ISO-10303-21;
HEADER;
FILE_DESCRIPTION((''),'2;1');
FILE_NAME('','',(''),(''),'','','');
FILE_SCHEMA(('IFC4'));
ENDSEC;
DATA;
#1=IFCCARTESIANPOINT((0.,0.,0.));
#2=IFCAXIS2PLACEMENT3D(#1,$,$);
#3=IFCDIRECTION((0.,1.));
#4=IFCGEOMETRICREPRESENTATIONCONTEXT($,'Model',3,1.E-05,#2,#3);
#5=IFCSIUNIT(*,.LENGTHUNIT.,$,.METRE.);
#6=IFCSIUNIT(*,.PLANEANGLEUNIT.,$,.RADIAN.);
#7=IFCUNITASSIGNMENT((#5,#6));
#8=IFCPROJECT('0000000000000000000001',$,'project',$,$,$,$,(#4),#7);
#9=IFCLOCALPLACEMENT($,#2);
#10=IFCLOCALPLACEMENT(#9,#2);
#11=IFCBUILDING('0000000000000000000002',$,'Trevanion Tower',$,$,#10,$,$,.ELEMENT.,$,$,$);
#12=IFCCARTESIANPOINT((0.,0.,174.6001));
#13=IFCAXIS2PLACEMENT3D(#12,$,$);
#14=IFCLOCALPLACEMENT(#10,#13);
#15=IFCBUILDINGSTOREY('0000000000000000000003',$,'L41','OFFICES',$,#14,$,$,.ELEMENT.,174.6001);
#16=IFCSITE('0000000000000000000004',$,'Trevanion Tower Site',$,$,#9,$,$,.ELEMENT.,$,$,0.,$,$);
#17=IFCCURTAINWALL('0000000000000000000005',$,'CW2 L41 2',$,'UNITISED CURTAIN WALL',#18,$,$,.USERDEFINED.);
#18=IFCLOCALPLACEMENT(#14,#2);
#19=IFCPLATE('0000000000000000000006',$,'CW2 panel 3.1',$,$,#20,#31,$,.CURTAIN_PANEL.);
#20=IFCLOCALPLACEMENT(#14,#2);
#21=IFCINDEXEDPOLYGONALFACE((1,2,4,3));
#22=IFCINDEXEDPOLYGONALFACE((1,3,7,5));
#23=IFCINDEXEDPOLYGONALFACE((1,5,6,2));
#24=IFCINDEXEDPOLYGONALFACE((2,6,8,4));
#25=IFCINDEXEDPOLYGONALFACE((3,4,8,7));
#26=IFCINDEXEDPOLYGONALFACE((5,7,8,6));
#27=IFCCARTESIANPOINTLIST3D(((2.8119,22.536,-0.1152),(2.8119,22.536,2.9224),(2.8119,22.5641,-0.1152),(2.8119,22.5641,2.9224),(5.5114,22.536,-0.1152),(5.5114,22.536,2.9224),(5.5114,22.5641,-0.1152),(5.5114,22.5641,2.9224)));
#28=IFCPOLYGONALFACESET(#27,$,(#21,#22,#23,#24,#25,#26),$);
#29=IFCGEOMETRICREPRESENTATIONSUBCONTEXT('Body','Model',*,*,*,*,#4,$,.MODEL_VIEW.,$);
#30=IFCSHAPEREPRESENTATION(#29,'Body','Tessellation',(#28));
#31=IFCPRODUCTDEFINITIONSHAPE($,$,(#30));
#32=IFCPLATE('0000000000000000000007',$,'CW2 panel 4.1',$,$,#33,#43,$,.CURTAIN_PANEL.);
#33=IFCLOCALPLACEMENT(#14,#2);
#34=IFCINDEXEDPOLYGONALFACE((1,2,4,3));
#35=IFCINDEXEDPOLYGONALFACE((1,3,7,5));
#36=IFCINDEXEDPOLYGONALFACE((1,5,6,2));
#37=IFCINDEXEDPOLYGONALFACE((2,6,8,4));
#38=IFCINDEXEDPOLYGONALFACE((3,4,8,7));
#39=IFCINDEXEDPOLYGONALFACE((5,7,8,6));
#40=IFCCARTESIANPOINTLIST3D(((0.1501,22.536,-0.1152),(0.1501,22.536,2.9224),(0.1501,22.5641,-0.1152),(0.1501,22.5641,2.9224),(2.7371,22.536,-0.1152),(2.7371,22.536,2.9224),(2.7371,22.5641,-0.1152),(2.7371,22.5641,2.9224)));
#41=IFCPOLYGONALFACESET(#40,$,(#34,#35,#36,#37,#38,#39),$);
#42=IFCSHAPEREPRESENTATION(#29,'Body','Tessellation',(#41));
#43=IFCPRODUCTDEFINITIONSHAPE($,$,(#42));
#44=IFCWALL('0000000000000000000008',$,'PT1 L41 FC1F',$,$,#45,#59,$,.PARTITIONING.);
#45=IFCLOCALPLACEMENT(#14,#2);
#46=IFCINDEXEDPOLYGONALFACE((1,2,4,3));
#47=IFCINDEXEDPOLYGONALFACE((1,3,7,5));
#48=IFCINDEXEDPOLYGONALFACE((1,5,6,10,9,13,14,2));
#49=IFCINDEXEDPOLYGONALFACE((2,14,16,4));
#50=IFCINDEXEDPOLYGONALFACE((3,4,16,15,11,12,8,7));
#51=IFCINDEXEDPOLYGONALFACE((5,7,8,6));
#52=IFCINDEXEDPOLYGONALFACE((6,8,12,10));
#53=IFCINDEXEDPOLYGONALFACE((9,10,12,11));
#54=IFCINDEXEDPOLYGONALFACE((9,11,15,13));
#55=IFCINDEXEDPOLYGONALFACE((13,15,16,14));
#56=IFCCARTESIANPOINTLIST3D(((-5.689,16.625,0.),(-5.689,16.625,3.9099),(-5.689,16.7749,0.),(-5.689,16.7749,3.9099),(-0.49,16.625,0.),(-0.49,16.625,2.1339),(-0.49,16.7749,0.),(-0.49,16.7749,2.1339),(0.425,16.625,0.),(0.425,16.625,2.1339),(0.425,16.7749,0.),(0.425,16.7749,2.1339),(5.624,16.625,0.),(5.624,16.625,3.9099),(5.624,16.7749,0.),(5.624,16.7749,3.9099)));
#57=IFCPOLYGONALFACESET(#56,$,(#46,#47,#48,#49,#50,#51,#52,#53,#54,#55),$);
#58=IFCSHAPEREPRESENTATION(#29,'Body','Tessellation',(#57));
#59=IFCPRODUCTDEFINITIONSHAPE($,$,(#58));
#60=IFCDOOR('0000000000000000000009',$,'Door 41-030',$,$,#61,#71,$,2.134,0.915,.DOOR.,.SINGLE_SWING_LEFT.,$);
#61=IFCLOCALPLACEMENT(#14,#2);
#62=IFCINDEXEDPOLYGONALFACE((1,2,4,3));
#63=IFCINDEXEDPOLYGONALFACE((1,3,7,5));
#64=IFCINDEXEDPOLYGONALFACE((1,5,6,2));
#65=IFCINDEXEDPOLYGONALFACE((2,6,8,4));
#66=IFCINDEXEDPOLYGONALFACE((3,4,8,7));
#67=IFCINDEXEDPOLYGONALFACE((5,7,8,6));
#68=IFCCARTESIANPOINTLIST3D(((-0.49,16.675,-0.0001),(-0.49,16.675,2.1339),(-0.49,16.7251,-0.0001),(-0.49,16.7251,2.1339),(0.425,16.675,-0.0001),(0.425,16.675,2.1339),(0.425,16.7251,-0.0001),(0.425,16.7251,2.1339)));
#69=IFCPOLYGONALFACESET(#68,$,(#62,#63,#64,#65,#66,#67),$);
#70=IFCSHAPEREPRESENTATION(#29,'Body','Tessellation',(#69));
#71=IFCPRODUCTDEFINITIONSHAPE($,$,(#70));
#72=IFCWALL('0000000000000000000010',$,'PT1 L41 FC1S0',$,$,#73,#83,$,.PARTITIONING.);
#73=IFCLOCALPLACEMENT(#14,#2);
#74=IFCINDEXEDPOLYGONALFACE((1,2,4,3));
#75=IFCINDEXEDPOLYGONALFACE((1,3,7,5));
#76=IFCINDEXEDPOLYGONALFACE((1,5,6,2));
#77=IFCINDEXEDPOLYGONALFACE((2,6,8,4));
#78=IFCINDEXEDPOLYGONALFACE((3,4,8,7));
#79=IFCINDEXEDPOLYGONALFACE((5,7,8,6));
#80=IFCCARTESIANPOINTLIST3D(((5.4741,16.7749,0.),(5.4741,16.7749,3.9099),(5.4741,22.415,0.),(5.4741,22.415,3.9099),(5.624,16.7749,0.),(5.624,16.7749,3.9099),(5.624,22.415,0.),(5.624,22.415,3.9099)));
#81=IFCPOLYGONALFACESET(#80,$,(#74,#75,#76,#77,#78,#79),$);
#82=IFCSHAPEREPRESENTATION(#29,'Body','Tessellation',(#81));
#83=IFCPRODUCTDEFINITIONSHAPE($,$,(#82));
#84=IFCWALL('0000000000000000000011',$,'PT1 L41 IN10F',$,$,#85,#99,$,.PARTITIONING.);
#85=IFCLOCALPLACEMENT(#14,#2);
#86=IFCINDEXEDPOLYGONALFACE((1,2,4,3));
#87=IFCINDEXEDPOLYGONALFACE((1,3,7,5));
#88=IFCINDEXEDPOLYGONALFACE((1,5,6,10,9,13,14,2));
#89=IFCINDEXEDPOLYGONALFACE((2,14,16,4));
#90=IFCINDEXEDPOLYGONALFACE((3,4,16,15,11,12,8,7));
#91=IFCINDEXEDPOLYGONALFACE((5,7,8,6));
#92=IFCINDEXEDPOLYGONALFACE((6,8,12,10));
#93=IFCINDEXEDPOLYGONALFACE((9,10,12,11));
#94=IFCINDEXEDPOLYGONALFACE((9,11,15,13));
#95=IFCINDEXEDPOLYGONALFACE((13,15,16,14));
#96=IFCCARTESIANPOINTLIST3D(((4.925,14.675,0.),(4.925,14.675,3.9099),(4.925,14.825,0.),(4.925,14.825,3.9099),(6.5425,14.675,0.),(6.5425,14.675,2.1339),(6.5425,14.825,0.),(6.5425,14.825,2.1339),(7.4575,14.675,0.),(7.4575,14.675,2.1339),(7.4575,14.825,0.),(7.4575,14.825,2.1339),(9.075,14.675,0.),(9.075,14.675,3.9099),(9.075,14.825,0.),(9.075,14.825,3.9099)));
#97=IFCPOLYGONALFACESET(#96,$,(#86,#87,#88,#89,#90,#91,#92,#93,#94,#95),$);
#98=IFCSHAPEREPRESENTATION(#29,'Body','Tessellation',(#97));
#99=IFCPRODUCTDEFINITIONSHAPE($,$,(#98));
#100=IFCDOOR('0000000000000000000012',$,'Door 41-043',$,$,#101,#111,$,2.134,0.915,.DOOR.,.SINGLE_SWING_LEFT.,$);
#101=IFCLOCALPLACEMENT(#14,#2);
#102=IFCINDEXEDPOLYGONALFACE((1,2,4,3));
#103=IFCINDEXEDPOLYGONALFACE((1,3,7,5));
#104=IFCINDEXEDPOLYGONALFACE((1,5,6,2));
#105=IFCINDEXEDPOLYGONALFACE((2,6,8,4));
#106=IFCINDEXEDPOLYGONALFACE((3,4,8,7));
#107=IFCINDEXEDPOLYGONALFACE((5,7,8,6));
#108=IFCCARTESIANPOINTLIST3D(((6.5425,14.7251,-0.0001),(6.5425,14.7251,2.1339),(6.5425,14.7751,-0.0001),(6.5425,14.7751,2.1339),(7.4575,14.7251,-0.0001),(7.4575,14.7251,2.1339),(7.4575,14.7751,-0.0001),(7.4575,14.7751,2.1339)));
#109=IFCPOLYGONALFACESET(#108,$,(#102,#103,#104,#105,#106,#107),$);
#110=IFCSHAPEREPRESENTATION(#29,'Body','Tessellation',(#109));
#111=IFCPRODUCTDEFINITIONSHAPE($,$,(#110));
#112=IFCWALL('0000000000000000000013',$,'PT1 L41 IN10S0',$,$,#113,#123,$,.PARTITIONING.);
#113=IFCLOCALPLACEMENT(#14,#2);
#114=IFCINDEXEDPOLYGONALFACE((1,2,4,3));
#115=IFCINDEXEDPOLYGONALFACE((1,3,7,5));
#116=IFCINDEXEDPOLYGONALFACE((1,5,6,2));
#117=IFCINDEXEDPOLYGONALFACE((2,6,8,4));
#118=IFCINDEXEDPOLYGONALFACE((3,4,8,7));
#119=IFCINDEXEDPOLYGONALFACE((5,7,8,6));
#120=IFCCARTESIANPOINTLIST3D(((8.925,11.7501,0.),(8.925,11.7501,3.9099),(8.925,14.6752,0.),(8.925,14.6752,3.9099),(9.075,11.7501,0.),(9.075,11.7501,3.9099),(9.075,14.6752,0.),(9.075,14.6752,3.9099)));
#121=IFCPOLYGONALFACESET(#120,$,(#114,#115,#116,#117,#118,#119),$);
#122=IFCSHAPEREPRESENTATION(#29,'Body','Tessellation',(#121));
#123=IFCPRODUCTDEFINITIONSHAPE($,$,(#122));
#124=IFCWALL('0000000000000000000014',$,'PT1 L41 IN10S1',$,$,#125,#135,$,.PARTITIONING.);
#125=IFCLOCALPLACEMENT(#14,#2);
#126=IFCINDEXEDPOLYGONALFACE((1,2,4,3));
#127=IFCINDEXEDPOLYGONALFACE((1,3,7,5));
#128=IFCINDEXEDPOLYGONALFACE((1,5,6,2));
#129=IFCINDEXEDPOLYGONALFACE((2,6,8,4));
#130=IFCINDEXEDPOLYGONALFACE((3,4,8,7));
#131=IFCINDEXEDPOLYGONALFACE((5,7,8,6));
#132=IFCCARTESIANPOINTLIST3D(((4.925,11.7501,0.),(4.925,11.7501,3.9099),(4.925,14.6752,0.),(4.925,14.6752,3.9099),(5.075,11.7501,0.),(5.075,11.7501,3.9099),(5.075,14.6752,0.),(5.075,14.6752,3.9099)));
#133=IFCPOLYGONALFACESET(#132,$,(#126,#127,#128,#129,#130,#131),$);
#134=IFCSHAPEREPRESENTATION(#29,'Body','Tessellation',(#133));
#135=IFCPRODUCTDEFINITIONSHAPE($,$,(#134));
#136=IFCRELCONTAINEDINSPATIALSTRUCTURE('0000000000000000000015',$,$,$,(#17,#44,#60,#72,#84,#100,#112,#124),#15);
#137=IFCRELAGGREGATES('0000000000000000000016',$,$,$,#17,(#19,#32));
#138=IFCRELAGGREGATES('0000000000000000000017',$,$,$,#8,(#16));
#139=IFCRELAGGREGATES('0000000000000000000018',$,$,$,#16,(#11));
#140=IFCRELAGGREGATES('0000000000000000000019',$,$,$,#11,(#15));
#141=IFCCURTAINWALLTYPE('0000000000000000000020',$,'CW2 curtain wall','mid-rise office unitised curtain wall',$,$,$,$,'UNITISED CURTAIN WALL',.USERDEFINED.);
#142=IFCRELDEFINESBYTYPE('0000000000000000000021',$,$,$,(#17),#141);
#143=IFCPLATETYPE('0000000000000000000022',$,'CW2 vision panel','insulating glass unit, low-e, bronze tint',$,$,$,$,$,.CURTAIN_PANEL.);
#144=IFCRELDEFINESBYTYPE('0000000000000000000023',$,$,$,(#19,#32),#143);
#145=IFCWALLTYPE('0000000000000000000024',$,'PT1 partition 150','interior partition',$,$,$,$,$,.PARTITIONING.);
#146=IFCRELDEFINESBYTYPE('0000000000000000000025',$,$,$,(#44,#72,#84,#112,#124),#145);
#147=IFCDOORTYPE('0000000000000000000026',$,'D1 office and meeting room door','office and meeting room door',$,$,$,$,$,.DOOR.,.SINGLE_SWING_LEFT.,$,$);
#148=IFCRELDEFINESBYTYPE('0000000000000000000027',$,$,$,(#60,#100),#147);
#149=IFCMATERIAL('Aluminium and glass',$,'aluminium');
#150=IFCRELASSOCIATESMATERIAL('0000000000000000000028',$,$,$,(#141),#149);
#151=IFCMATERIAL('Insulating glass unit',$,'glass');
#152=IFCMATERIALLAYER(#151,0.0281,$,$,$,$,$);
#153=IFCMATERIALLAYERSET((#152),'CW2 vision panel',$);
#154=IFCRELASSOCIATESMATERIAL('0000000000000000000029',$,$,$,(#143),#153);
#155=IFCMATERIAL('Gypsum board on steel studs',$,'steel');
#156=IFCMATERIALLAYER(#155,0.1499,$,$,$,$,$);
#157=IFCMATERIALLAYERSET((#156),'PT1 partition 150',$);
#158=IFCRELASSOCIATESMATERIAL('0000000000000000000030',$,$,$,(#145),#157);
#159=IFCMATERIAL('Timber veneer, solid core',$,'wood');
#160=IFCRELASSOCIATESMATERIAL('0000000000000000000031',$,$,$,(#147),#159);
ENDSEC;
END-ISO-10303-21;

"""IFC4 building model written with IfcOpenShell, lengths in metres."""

from ifc_helpers import new_model, si_unit, direction, frame, frame_2d, origin, origin_2d, place, context, subcontext, project, spatial, rectangle, extrude, material, layer, layer_set, type_object, element, fill, aggregate, save


model = new_model("IFC4")

# Units and contexts
model_context = context("Model", 3, precision=1e-05, world=origin(), true_north=direction((0.0, 1.0)))
body_context = subcontext(model_context, "Body", "Model", "MODEL_VIEW")
ifc_project = project(units=[si_unit("LENGTHUNIT", "METRE"), si_unit("PLANEANGLEUNIT", "RADIAN")], contexts=[model_context])

# Site, building, storey
site_placement = place(None, origin())
site = spatial("IfcSite", under=ifc_project, at=site_placement, Name="Trevanion Tower Site", CompositionType="ELEMENT", RefElevation=0.0)
building_placement = place(site_placement, origin())
building = spatial("IfcBuilding", under=site, at=building_placement, Name="Trevanion Tower", CompositionType="ELEMENT")
storey_placement = place(building_placement, frame((0.0, 0.0, 174.6001)))
storey = spatial("IfcBuildingStorey", under=building, at=storey_placement, Name="L41", Description="OFFICES", CompositionType="ELEMENT", Elevation=174.6001)

# Curtain wall
ifc_material_1 = material(Name="Aluminium and glass", Category="aluminium")
curtain_wall_type = type_object("IfcCurtainWallType", Name="CW2 curtain wall", Description="mid-rise office unitised curtain wall", ElementType="UNITISED CURTAIN WALL", PredefinedType="USERDEFINED", material=ifc_material_1)
curtain_wall_1_placement = place(storey_placement, origin())
curtain_wall_1 = element("IfcCurtainWall", 1, at=curtain_wall_1_placement, inside=storey, type_object=curtain_wall_type, Name="CW2 L41 2", ObjectType="UNITISED CURTAIN WALL", PredefinedType="USERDEFINED")

# Plates
ifc_material_2 = material(Name="Insulating glass unit", Category="glass")
ifc_layer_1 = layer(ifc_material_2, 0.0281)
ifc_layer_set_1 = layer_set([ifc_layer_1], Name="CW2 vision panel")
plate_type_1 = type_object("IfcPlateType", Name="CW2 vision panel", Description="insulating glass unit, low-e, bronze tint", PredefinedType="CURTAIN_PANEL", material=ifc_layer_set_1)
plate_1_placement = place(storey_placement, frame((4.1616, 22.55, -0.1152), z_axis=(0.0, 0.0, 1.0), x_axis=(-1.0, 0.0, 0.0)))
plate_1 = element("IfcPlate", 2, at=plate_1_placement, type_object=plate_type_1, Name="CW2 panel 3.1", PredefinedType="CURTAIN_PANEL", context=body_context, shape_type="SweptSolid", body=[
    extrude(rectangle(XDim=2.6995, YDim=0.0281, at=origin_2d()), origin(), (0.0, 0.0, 1.0), 3.0376),
])
plate_2_placement = place(storey_placement, frame((1.4436, 22.55, -0.1152), z_axis=(0.0, 0.0, 1.0), x_axis=(-1.0, 0.0, 0.0)))
plate_2 = element("IfcPlate", 3, at=plate_2_placement, type_object=plate_type_1, Name="CW2 panel 4.1", PredefinedType="CURTAIN_PANEL", context=body_context, shape_type="SweptSolid", body=[
    extrude(rectangle(XDim=2.5869, YDim=0.0281, at=origin_2d()), origin(), (0.0, 0.0, 1.0), 3.0376),
])
aggregate(curtain_wall_1, [plate_1, plate_2])

# Wall, opening, door
ifc_material_3 = material(Name="Gypsum board on steel studs", Category="steel")
ifc_layer_2 = layer(ifc_material_3, 0.1499)
ifc_layer_set_2 = layer_set([ifc_layer_2], Name="PT1 partition 150")
wall_type = type_object("IfcWallType", Name="PT1 partition 150", Description="interior partition", PredefinedType="PARTITIONING", material=ifc_layer_set_2)
wall_1_placement = place(storey_placement, frame((5.624, 16.7, 0.0), z_axis=(0.0, 0.0, 1.0), x_axis=(-1.0, 0.0, 0.0)))
wall_1 = element("IfcWall", 4, at=wall_1_placement, inside=storey, type_object=wall_type, Name="PT1 L41 FC1F", PredefinedType="PARTITIONING", context=body_context, shape_type="SweptSolid", body=[
    extrude(rectangle(XDim=11.313, YDim=0.1499, at=frame_2d((5.6565, 0.0))), origin(), (0.0, 0.0, 1.0), 3.9099),
])
opening_1_placement = place(wall_1_placement, frame((5.199, 0.0, 0.0)))
opening_1 = element("IfcOpeningElement", 5, at=opening_1_placement, cuts=wall_1, PredefinedType="OPENING", context=body_context, shape_type="SweptSolid", body=[
    extrude(rectangle(XDim=0.915, YDim=2.134, at=frame_2d((0.4575, 1.0669))), frame((0.0, 0.085, 0.0), z_axis=(0.0, -1.0, 0.0), x_axis=(1.0, 0.0, 0.0)), (0.0, 0.0, 1.0), 0.1699),
])
ifc_material_4 = material(Name="Timber veneer, solid core", Category="wood")
door_type = type_object("IfcDoorType", Name="D1 office and meeting room door", Description="office and meeting room door", OperationType="SINGLE_SWING_LEFT", PredefinedType="DOOR", material=ifc_material_4)
door_1_placement = place(opening_1_placement, origin())
door_1 = element("IfcDoor", 6, at=door_1_placement, inside=storey, type_object=door_type, Name="Door 41-030", OperationType="SINGLE_SWING_LEFT", OverallHeight=2.134, OverallWidth=0.915, PredefinedType="DOOR", context=body_context, shape_type="SweptSolid", body=[
    extrude(rectangle(XDim=0.915, YDim=2.134, at=frame_2d((0.4575, 1.0669))), frame((0.0, 0.0249, 0.0), z_axis=(0.0, -1.0, 0.0), x_axis=(1.0, 0.0, 0.0)), (0.0, 0.0, 1.0), 0.05),
])
fill(opening_1, door_1)

# Wall
wall_2_placement = place(storey_placement, frame((5.5491, 16.7749, 0.0), z_axis=(0.0, 0.0, 1.0), x_axis=(0.0, 1.0, 0.0)))
element("IfcWall", 7, at=wall_2_placement, inside=storey, type_object=wall_type, Name="PT1 L41 FC1S0", PredefinedType="PARTITIONING", context=body_context, shape_type="SweptSolid", body=[
    extrude(rectangle(XDim=5.6401, YDim=0.1499, at=frame_2d((2.8201, 0.0))), origin(), (0.0, 0.0, 1.0), 3.9099),
])

# Wall, opening, door
wall_3_placement = place(storey_placement, frame((9.075, 14.75, 0.0), z_axis=(0.0, 0.0, 1.0), x_axis=(-1.0, 0.0, 0.0)))
wall_3 = element("IfcWall", 8, at=wall_3_placement, inside=storey, type_object=wall_type, Name="PT1 L41 IN10F", PredefinedType="PARTITIONING", context=body_context, shape_type="SweptSolid", body=[
    extrude(rectangle(XDim=4.1499, YDim=0.1499, at=frame_2d((2.075, 0.0))), origin(), (0.0, 0.0, 1.0), 3.9099),
])
opening_2_placement = place(wall_3_placement, frame((1.6174, 0.0, 0.0)))
opening_2 = element("IfcOpeningElement", 9, at=opening_2_placement, cuts=wall_3, PredefinedType="OPENING", context=body_context, shape_type="SweptSolid", body=[
    extrude(rectangle(XDim=0.915, YDim=2.134, at=frame_2d((0.4575, 1.0669))), frame((0.0, 0.085, 0.0), z_axis=(0.0, -1.0, 0.0), x_axis=(1.0, 0.0, 0.0)), (0.0, 0.0, 1.0), 0.1699),
])
door_2_placement = place(opening_2_placement, origin())
door_2 = element("IfcDoor", 10, at=door_2_placement, inside=storey, type_object=door_type, Name="Door 41-043", OperationType="SINGLE_SWING_LEFT", OverallHeight=2.134, OverallWidth=0.915, PredefinedType="DOOR", context=body_context, shape_type="SweptSolid", body=[
    extrude(rectangle(XDim=0.915, YDim=2.134, at=frame_2d((0.4575, 1.0669))), frame((0.0, 0.0249, 0.0), z_axis=(0.0, -1.0, 0.0), x_axis=(1.0, 0.0, 0.0)), (0.0, 0.0, 1.0), 0.05),
])
fill(opening_2, door_2)

# Walls
for number, where, z_axis, x_axis, name in (
    (11, (9.0, 14.675, 0.0), (0.0, 0.0, 1.0), (0.0, -1.0, 0.0), "PT1 L41 IN10S0"),
    (12, (5.0, 14.675, 0.0), (0.0, 0.0, 1.0), (0.0, -1.0, 0.0), "PT1 L41 IN10S1"),
):
    element("IfcWall", number, at=place(storey_placement, frame(where, z_axis=z_axis, x_axis=x_axis)), inside=storey, type_object=wall_type, Name=name, PredefinedType="PARTITIONING", context=body_context, shape_type="SweptSolid", body=[
        extrude(rectangle(XDim=2.925, YDim=0.1499, at=frame_2d((1.4624, 0.0))), origin(), (0.0, 0.0, 1.0), 3.9099),
    ])

save(model, "model.ifc")
